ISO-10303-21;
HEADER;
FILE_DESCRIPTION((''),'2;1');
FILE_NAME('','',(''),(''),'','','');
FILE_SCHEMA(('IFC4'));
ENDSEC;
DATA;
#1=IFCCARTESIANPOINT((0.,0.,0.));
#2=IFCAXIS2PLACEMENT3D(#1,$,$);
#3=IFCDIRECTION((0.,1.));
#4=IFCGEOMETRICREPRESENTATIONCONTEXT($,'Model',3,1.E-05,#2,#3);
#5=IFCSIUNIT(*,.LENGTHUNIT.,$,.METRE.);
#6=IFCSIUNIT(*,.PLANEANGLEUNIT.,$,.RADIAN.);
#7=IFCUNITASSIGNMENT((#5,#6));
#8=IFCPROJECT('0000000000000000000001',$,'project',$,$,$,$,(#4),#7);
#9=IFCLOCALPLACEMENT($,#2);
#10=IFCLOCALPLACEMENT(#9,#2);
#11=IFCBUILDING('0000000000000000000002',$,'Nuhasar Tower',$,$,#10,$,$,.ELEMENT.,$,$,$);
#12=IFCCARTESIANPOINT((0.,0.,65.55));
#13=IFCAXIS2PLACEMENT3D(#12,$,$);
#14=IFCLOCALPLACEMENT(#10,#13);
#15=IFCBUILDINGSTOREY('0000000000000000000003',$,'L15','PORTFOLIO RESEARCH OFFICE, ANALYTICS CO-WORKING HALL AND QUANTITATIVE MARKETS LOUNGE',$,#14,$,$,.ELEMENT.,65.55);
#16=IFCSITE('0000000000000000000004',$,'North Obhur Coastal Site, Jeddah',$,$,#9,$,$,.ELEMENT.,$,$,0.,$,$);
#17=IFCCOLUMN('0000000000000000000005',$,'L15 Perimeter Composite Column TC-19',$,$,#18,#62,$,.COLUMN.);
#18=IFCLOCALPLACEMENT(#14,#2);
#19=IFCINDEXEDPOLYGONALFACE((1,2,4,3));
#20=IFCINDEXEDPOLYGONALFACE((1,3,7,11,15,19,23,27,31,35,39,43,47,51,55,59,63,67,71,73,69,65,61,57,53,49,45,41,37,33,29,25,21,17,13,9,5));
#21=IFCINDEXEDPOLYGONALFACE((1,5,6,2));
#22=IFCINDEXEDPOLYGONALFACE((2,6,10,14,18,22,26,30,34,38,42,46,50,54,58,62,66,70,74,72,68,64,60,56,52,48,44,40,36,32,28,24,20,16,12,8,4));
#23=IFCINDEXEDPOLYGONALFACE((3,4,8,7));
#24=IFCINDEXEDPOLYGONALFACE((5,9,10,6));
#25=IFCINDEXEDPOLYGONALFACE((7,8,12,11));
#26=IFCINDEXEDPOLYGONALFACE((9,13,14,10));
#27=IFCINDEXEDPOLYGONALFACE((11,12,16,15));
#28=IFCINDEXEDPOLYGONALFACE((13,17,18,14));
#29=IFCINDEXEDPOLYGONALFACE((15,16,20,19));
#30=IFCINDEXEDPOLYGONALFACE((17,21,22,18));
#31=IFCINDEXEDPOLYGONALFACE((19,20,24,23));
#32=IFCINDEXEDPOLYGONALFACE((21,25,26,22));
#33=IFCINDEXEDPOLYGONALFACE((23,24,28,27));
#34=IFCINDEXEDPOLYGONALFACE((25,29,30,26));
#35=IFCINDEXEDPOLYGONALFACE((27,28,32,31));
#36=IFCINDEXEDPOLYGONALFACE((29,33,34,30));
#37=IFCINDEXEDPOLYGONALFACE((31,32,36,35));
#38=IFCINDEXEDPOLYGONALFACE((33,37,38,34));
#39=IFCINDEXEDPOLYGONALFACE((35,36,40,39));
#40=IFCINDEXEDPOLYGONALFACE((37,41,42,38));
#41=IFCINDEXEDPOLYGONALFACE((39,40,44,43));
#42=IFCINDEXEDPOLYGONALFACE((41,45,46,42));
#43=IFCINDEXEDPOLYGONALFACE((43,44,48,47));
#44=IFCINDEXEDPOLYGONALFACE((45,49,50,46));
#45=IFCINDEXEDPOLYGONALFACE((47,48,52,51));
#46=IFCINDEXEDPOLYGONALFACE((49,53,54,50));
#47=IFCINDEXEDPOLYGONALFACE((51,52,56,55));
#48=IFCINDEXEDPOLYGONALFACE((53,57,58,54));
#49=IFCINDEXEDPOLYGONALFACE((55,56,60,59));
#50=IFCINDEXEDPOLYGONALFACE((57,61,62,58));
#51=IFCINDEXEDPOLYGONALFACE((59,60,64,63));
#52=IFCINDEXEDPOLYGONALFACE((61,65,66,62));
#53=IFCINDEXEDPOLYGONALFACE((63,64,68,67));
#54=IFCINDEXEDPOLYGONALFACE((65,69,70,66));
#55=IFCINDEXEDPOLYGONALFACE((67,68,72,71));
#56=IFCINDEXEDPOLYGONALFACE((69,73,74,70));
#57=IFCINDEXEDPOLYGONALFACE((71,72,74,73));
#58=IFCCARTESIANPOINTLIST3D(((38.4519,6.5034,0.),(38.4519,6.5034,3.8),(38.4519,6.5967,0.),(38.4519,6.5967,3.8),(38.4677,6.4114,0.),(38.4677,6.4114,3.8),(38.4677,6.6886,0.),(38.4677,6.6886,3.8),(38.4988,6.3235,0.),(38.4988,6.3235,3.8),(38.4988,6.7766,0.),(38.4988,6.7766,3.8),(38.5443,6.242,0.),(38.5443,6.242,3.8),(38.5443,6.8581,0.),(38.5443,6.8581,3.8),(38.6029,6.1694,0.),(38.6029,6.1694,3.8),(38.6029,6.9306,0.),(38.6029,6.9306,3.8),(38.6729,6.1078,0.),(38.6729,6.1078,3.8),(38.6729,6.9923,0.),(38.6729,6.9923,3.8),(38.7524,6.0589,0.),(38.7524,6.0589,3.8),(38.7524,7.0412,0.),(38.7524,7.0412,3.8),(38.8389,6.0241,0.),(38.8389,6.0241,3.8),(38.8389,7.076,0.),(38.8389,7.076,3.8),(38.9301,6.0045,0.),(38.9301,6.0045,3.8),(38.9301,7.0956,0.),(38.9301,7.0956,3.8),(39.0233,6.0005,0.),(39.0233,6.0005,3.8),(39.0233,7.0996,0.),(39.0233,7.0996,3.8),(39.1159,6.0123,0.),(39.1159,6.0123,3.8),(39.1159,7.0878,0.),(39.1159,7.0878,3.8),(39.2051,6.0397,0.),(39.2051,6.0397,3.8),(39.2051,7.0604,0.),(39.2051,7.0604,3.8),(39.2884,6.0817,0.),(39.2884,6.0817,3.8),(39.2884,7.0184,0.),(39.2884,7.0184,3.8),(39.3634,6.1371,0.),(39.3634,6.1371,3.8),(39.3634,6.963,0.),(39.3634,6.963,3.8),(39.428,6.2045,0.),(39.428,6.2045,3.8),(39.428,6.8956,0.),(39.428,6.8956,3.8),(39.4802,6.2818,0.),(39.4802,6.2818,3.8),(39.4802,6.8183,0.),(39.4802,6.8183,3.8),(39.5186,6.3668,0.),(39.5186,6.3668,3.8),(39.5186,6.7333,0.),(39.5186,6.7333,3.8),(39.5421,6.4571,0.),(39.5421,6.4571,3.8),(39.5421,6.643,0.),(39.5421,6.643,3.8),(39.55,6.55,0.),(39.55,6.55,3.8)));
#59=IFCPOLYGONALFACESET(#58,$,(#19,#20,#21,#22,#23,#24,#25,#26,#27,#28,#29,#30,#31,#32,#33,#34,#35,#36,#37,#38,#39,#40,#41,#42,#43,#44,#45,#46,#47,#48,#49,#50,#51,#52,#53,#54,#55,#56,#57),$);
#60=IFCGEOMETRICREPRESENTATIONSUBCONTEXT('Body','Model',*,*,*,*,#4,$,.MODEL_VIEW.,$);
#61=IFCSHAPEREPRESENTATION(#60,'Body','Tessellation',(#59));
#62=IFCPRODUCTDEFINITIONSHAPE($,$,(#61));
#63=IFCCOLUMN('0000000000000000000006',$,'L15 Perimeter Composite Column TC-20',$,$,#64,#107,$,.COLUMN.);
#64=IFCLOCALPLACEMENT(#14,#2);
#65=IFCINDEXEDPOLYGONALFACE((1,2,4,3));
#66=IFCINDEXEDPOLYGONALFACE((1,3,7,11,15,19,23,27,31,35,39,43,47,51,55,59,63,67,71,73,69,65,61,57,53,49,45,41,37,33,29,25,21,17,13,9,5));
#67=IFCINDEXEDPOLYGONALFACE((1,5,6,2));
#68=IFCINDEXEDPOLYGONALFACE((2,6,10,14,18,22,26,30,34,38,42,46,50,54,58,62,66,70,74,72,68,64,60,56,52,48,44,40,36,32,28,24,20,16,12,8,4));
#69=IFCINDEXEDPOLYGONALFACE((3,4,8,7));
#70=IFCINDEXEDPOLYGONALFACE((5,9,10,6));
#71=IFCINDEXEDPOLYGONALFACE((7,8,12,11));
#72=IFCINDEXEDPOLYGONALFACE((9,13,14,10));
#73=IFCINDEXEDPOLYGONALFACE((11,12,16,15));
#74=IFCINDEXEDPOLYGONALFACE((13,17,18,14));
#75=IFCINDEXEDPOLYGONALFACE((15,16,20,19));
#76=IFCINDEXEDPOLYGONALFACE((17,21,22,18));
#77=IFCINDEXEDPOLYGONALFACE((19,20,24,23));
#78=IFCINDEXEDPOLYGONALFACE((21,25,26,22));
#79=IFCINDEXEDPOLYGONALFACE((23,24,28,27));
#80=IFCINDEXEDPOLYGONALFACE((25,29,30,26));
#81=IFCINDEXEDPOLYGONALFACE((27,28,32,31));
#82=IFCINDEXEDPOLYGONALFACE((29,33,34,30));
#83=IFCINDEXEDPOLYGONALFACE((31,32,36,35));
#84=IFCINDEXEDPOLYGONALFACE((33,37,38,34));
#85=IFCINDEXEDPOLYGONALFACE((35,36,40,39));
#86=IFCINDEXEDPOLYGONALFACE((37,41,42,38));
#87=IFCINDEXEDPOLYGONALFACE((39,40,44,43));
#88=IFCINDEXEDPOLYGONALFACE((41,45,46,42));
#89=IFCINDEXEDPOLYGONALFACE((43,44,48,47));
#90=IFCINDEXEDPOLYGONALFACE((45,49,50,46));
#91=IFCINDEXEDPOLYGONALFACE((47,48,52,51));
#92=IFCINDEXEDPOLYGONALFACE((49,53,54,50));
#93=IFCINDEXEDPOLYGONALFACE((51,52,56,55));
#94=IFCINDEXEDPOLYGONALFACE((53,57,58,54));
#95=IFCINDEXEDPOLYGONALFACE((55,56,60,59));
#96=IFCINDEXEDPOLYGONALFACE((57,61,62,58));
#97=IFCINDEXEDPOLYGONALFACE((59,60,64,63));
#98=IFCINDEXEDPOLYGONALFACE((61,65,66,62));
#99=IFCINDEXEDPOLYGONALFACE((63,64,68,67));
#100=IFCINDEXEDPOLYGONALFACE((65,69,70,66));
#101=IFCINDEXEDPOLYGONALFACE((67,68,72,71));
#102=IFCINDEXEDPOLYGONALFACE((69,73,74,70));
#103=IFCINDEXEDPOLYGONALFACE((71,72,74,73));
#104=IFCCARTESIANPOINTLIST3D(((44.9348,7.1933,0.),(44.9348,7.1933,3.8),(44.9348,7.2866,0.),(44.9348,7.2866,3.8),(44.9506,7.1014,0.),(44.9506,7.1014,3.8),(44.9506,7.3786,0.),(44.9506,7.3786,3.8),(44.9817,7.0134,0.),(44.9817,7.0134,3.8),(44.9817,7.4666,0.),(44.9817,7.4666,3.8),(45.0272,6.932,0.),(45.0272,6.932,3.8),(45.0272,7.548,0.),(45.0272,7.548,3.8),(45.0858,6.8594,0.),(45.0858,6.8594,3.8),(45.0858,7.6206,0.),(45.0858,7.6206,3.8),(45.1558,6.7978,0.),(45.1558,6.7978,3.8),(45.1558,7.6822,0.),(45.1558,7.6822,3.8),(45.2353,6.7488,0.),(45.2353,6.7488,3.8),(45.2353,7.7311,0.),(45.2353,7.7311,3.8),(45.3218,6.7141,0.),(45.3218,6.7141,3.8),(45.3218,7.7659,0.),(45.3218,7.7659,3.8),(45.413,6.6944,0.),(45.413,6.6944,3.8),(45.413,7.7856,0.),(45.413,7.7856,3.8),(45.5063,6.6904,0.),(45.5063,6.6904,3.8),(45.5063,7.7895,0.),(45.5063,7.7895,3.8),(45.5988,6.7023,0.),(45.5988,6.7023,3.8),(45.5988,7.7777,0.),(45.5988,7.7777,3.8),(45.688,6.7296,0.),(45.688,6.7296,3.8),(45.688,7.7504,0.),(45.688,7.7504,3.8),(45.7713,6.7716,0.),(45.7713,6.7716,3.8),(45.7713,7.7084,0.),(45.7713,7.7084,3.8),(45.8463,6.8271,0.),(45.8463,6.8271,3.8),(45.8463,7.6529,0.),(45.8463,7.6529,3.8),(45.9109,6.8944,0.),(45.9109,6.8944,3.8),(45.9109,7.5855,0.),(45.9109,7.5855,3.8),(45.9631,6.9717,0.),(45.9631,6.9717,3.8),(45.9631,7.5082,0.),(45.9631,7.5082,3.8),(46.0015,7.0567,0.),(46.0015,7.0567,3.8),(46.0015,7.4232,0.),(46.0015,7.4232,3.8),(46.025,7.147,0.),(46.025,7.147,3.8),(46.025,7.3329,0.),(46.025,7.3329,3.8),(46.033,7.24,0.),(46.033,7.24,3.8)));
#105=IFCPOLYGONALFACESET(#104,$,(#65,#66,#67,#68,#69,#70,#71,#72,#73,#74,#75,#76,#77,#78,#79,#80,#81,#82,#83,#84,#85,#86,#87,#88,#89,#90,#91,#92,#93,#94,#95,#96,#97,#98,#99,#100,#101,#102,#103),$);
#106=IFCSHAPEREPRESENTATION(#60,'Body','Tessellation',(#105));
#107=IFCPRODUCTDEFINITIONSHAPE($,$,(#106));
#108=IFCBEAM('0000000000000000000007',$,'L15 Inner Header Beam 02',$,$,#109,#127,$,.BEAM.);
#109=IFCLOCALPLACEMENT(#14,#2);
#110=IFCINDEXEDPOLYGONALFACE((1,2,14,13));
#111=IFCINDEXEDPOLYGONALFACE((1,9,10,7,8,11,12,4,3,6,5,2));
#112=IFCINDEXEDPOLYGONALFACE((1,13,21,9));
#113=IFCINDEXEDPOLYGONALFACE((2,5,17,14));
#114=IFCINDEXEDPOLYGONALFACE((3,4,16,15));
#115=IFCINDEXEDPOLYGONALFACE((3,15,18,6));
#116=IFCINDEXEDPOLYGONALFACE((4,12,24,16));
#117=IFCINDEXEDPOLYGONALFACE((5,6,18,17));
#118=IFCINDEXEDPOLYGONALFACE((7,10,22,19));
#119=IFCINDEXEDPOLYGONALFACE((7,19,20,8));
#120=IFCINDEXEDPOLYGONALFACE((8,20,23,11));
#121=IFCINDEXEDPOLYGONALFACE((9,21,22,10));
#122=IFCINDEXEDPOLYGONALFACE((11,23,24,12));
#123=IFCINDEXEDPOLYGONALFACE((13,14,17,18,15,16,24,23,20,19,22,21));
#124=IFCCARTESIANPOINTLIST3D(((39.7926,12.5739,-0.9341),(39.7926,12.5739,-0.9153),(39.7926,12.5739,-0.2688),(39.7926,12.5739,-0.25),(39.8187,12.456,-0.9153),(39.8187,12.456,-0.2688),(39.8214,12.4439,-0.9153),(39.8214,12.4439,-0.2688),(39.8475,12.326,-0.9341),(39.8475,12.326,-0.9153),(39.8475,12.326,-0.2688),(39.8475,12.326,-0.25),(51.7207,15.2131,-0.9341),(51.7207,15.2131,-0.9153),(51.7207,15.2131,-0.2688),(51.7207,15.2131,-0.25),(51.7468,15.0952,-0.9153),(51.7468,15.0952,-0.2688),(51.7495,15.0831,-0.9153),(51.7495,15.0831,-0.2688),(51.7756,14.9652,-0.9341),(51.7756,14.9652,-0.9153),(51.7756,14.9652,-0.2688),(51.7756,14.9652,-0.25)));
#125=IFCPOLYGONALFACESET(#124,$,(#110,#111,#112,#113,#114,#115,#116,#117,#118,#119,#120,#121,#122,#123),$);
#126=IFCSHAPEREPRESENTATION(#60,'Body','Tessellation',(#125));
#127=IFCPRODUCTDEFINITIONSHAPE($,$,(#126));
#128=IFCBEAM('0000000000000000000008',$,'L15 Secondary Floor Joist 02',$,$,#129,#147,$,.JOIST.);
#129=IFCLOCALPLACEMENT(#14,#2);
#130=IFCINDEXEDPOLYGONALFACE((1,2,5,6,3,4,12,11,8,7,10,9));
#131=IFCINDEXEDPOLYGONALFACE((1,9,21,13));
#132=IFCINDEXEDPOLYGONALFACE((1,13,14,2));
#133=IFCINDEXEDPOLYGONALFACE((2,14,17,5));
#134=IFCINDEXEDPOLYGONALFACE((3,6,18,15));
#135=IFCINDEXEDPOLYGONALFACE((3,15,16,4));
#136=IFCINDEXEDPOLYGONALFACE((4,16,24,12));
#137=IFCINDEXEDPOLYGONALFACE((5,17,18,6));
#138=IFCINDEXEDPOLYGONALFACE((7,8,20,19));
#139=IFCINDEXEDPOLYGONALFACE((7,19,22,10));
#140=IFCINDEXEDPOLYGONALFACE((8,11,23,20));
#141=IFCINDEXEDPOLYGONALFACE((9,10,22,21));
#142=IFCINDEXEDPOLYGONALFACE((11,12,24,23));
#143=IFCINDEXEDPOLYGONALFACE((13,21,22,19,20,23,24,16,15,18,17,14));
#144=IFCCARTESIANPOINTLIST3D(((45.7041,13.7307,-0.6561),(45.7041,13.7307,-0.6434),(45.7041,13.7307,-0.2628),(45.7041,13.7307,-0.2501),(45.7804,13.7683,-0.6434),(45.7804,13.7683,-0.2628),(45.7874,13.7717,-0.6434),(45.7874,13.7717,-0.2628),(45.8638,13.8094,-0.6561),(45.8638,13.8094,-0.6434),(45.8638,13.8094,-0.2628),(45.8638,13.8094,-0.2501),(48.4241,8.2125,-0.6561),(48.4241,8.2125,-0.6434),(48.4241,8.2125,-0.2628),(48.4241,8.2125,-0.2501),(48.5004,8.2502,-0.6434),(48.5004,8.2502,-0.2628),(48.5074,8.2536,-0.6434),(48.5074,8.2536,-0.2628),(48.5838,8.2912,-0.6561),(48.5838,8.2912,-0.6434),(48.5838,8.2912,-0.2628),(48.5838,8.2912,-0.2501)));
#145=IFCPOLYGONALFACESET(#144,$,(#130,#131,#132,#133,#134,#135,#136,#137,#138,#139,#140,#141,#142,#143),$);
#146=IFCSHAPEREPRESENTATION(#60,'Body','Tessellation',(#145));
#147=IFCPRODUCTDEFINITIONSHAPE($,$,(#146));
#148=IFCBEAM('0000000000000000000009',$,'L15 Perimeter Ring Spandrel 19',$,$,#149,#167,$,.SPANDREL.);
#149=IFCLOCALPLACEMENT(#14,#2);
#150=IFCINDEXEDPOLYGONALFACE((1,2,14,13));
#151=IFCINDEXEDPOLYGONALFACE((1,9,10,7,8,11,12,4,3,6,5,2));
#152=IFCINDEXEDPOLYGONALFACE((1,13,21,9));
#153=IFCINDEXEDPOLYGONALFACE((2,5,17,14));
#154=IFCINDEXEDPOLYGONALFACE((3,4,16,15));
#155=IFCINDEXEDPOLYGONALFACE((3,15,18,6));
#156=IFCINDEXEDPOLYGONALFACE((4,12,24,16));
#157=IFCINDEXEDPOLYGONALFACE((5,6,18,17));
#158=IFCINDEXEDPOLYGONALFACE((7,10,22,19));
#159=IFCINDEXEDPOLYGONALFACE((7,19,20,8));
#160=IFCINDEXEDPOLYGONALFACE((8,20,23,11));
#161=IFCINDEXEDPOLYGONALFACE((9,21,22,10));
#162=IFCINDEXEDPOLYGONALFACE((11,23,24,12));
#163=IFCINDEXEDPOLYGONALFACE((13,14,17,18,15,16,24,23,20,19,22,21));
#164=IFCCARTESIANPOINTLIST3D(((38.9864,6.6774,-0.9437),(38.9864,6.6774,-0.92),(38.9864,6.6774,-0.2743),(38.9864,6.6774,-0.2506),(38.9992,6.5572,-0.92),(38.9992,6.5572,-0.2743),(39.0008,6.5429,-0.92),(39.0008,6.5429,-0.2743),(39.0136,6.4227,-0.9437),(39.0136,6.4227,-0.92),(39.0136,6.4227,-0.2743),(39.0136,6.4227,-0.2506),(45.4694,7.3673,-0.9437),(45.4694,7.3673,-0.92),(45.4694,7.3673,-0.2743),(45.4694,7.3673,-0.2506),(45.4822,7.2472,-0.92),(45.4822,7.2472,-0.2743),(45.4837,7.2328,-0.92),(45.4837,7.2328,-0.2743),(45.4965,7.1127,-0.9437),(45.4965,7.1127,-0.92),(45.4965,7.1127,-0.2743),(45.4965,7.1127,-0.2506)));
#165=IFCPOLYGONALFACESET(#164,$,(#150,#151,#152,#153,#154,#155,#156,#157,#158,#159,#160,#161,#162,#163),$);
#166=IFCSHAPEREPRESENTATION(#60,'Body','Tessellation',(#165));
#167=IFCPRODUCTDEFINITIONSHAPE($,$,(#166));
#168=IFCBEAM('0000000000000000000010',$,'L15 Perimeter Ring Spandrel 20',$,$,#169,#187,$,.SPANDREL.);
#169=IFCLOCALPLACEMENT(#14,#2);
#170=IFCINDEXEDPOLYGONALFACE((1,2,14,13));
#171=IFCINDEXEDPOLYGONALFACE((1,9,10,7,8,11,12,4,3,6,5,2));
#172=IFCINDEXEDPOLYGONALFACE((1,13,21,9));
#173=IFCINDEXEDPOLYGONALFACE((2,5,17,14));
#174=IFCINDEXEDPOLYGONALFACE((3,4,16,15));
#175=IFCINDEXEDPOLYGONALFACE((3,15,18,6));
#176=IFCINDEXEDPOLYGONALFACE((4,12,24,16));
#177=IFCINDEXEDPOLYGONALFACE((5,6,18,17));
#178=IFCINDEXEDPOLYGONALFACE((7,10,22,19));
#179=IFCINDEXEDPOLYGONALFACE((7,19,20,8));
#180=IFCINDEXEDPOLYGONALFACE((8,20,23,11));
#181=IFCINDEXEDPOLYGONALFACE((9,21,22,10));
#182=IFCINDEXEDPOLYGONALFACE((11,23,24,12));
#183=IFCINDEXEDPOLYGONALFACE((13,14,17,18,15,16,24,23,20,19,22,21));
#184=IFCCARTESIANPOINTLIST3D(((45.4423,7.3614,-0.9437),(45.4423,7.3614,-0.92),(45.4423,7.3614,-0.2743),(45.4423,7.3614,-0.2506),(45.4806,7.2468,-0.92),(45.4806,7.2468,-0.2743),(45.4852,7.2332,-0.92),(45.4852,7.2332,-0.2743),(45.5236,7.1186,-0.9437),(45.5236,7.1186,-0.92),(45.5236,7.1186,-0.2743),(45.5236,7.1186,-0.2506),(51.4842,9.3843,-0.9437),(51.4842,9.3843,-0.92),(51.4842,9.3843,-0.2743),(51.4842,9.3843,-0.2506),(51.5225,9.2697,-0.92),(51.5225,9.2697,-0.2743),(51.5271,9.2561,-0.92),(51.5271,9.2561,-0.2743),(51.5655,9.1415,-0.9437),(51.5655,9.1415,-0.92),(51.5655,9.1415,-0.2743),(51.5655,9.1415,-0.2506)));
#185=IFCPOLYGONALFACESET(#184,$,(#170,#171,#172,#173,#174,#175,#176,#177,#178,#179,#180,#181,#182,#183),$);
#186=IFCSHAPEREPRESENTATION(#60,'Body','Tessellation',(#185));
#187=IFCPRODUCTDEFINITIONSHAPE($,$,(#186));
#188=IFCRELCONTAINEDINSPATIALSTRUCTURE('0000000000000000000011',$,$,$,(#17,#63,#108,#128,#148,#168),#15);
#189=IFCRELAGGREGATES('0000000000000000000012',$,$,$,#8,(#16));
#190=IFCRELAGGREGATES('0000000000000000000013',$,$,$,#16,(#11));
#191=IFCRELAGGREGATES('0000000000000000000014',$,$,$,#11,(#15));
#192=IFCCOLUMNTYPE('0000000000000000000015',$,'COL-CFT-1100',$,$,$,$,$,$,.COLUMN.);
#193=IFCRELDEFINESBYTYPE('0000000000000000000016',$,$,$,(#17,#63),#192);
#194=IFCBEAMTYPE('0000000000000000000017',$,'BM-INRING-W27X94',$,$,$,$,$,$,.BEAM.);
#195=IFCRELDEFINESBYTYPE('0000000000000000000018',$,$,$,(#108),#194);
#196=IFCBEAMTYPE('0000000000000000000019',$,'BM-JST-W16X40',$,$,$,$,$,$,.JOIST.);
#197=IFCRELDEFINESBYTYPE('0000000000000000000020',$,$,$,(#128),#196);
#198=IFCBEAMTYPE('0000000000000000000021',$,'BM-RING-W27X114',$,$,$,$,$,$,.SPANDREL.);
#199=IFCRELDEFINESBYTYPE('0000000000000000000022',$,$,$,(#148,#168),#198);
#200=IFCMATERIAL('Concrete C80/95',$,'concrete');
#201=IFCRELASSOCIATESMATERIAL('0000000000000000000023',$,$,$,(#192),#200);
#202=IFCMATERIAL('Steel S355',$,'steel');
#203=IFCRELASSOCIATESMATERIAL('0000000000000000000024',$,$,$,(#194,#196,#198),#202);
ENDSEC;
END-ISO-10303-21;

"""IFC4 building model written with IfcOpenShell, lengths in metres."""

from ifc_helpers import new_model, si_unit, direction, frame, origin, origin_2d, place, context, subcontext, project, spatial, circle, i_section, extrude, material, material_profile, profile_set, type_object, element, save


model = new_model("IFC4")

# Units and contexts
model_context = context("Model", 3, precision=1e-05, world=origin(), true_north=direction((0.0, 1.0)))
body_context = subcontext(model_context, "Body", "Model", "MODEL_VIEW")
ifc_project = project(units=[si_unit("LENGTHUNIT", "METRE"), si_unit("PLANEANGLEUNIT", "RADIAN")], contexts=[model_context])

# Site, building, storey
site_placement = place(None, origin())
site = spatial("IfcSite", under=ifc_project, at=site_placement, Name="North Obhur Coastal Site, Jeddah", CompositionType="ELEMENT", RefElevation=0.0)
building_placement = place(site_placement, origin())
building = spatial("IfcBuilding", under=site, at=building_placement, Name="Nuhasar Tower", CompositionType="ELEMENT")
storey_placement = place(building_placement, frame((0.0, 0.0, 65.55)))
storey = spatial("IfcBuildingStorey", under=building, at=storey_placement, Name="L15", Description="PORTFOLIO RESEARCH OFFICE, ANALYTICS CO-WORKING HALL AND QUANTITATIVE MARKETS LOUNGE", CompositionType="ELEMENT", Elevation=65.55)

# Columns
ifc_material_1 = material(Name="Concrete C80/95", Category="concrete")
ifc_material_profile_1 = material_profile(ifc_material_1, circle(Radius=0.55, at=origin_2d()), Name="CFT1100")
ifc_profile_set_1 = profile_set([ifc_material_profile_1], Name="Concrete C80/95")
column_type = type_object("IfcColumnType", Name="COL-CFT-1100", PredefinedType="COLUMN", material=ifc_profile_set_1)
for number, where, z_axis, x_axis, name in (
    (1, (39.0, 6.55, 0.0), (0.0, 0.0, 1.0), (1.0, 0.0, 0.0), "L15 Perimeter Composite Column TC-19"),
    (2, (45.4829, 7.24, 0.0), (0.0, 0.0, 1.0), (1.0, 0.0, 0.0), "L15 Perimeter Composite Column TC-20"),
):
    element("IfcColumn", number, at=place(storey_placement, frame(where, z_axis=z_axis, x_axis=x_axis)), inside=storey, type_object=column_type, Name=name, PredefinedType="COLUMN", context=body_context, shape_type="SweptSolid", body=[
        extrude(circle(Radius=0.55, at=origin_2d()), origin(), (0.0, 0.0, 1.0), 3.8),
    ])

# Beams
ifc_material_2 = material(Name="Steel S355", Category="steel")
ifc_material_profile_2 = material_profile(ifc_material_2, i_section(OverallWidth=0.2539, OverallDepth=0.6841, WebThickness=0.0125, FlangeThickness=0.0188, at=origin_2d()), Name="W27X94")
ifc_profile_set_2 = profile_set([ifc_material_profile_2], Name="Steel S355")
beam_type_1 = type_object("IfcBeamType", Name="BM-INRING-W27X94", PredefinedType="BEAM", material=ifc_profile_set_2)
beam_1_placement = place(storey_placement, frame((39.8201, 12.45, -0.592), z_axis=(0.976386, 0.216033, 0.0), x_axis=(-0.216033, 0.976386, 0.0)))
element("IfcBeam", 3, at=beam_1_placement, inside=storey, type_object=beam_type_1, Name="L15 Inner Header Beam 02", PredefinedType="BEAM", context=body_context, shape_type="SweptSolid", body=[
    extrude(i_section(OverallWidth=0.2539, OverallDepth=0.6841, WebThickness=0.0125, FlangeThickness=0.0188, at=origin_2d()), origin(), (0.0, 0.0, 1.0), 12.2166),
])
ifc_material_profile_3 = material_profile(ifc_material_2, i_section(OverallWidth=0.178, OverallDepth=0.406, WebThickness=0.0078, FlangeThickness=0.0127, at=origin_2d()), Name="W16X40")
ifc_profile_set_3 = profile_set([ifc_material_profile_3], Name="Steel S355")
beam_type_2 = type_object("IfcBeamType", Name="BM-JST-W16X40", PredefinedType="JOIST", material=ifc_profile_set_3)
beam_2_placement = place(storey_placement, frame((45.7839, 13.77, -0.4531), z_axis=(0.442127, -0.896953, 0.0), x_axis=(0.896953, 0.442127, 0.0)))
element("IfcBeam", 4, at=beam_2_placement, inside=storey, type_object=beam_type_2, Name="L15 Secondary Floor Joist 02", PredefinedType="JOIST", context=body_context, shape_type="SweptSolid", body=[
    extrude(i_section(OverallWidth=0.178, OverallDepth=0.406, WebThickness=0.0078, FlangeThickness=0.0127, at=origin_2d()), origin(), (0.0, 0.0, 1.0), 6.1521),
])
ifc_material_profile_4 = material_profile(ifc_material_2, i_section(OverallWidth=0.2561, OverallDepth=0.6931, WebThickness=0.0144, FlangeThickness=0.0237, at=origin_2d()), Name="W27X114")
ifc_profile_set_4 = profile_set([ifc_material_profile_4], Name="Steel S355")
beam_type_3 = type_object("IfcBeamType", Name="BM-RING-W27X114", PredefinedType="SPANDREL", material=ifc_profile_set_4)
beam_3_placement = place(storey_placement, frame((39.0, 6.55, -0.5972), z_axis=(0.994385, 0.105827, 0.0), x_axis=(-0.105827, 0.994385, 0.0)))
element("IfcBeam", 5, at=beam_3_placement, inside=storey, type_object=beam_type_3, Name="L15 Perimeter Ring Spandrel 19", PredefinedType="SPANDREL", context=body_context, shape_type="SweptSolid", body=[
    extrude(i_section(OverallWidth=0.2561, OverallDepth=0.6931, WebThickness=0.0144, FlangeThickness=0.0237, at=origin_2d()), origin(), (0.0, 0.0, 1.0), 6.5195),
])
beam_4_placement = place(storey_placement, frame((45.4829, 7.24, -0.5972), z_axis=(0.948261, 0.317492, 0.0), x_axis=(-0.317492, 0.948261, 0.0)))
element("IfcBeam", 6, at=beam_4_placement, inside=storey, type_object=beam_type_3, Name="L15 Perimeter Ring Spandrel 20", PredefinedType="SPANDREL", context=body_context, shape_type="SweptSolid", body=[
    extrude(i_section(OverallWidth=0.2561, OverallDepth=0.6931, WebThickness=0.0144, FlangeThickness=0.0237, at=origin_2d()), origin(), (0.0, 0.0, 1.0), 6.3716),
])

save(model, "model.ifc")
